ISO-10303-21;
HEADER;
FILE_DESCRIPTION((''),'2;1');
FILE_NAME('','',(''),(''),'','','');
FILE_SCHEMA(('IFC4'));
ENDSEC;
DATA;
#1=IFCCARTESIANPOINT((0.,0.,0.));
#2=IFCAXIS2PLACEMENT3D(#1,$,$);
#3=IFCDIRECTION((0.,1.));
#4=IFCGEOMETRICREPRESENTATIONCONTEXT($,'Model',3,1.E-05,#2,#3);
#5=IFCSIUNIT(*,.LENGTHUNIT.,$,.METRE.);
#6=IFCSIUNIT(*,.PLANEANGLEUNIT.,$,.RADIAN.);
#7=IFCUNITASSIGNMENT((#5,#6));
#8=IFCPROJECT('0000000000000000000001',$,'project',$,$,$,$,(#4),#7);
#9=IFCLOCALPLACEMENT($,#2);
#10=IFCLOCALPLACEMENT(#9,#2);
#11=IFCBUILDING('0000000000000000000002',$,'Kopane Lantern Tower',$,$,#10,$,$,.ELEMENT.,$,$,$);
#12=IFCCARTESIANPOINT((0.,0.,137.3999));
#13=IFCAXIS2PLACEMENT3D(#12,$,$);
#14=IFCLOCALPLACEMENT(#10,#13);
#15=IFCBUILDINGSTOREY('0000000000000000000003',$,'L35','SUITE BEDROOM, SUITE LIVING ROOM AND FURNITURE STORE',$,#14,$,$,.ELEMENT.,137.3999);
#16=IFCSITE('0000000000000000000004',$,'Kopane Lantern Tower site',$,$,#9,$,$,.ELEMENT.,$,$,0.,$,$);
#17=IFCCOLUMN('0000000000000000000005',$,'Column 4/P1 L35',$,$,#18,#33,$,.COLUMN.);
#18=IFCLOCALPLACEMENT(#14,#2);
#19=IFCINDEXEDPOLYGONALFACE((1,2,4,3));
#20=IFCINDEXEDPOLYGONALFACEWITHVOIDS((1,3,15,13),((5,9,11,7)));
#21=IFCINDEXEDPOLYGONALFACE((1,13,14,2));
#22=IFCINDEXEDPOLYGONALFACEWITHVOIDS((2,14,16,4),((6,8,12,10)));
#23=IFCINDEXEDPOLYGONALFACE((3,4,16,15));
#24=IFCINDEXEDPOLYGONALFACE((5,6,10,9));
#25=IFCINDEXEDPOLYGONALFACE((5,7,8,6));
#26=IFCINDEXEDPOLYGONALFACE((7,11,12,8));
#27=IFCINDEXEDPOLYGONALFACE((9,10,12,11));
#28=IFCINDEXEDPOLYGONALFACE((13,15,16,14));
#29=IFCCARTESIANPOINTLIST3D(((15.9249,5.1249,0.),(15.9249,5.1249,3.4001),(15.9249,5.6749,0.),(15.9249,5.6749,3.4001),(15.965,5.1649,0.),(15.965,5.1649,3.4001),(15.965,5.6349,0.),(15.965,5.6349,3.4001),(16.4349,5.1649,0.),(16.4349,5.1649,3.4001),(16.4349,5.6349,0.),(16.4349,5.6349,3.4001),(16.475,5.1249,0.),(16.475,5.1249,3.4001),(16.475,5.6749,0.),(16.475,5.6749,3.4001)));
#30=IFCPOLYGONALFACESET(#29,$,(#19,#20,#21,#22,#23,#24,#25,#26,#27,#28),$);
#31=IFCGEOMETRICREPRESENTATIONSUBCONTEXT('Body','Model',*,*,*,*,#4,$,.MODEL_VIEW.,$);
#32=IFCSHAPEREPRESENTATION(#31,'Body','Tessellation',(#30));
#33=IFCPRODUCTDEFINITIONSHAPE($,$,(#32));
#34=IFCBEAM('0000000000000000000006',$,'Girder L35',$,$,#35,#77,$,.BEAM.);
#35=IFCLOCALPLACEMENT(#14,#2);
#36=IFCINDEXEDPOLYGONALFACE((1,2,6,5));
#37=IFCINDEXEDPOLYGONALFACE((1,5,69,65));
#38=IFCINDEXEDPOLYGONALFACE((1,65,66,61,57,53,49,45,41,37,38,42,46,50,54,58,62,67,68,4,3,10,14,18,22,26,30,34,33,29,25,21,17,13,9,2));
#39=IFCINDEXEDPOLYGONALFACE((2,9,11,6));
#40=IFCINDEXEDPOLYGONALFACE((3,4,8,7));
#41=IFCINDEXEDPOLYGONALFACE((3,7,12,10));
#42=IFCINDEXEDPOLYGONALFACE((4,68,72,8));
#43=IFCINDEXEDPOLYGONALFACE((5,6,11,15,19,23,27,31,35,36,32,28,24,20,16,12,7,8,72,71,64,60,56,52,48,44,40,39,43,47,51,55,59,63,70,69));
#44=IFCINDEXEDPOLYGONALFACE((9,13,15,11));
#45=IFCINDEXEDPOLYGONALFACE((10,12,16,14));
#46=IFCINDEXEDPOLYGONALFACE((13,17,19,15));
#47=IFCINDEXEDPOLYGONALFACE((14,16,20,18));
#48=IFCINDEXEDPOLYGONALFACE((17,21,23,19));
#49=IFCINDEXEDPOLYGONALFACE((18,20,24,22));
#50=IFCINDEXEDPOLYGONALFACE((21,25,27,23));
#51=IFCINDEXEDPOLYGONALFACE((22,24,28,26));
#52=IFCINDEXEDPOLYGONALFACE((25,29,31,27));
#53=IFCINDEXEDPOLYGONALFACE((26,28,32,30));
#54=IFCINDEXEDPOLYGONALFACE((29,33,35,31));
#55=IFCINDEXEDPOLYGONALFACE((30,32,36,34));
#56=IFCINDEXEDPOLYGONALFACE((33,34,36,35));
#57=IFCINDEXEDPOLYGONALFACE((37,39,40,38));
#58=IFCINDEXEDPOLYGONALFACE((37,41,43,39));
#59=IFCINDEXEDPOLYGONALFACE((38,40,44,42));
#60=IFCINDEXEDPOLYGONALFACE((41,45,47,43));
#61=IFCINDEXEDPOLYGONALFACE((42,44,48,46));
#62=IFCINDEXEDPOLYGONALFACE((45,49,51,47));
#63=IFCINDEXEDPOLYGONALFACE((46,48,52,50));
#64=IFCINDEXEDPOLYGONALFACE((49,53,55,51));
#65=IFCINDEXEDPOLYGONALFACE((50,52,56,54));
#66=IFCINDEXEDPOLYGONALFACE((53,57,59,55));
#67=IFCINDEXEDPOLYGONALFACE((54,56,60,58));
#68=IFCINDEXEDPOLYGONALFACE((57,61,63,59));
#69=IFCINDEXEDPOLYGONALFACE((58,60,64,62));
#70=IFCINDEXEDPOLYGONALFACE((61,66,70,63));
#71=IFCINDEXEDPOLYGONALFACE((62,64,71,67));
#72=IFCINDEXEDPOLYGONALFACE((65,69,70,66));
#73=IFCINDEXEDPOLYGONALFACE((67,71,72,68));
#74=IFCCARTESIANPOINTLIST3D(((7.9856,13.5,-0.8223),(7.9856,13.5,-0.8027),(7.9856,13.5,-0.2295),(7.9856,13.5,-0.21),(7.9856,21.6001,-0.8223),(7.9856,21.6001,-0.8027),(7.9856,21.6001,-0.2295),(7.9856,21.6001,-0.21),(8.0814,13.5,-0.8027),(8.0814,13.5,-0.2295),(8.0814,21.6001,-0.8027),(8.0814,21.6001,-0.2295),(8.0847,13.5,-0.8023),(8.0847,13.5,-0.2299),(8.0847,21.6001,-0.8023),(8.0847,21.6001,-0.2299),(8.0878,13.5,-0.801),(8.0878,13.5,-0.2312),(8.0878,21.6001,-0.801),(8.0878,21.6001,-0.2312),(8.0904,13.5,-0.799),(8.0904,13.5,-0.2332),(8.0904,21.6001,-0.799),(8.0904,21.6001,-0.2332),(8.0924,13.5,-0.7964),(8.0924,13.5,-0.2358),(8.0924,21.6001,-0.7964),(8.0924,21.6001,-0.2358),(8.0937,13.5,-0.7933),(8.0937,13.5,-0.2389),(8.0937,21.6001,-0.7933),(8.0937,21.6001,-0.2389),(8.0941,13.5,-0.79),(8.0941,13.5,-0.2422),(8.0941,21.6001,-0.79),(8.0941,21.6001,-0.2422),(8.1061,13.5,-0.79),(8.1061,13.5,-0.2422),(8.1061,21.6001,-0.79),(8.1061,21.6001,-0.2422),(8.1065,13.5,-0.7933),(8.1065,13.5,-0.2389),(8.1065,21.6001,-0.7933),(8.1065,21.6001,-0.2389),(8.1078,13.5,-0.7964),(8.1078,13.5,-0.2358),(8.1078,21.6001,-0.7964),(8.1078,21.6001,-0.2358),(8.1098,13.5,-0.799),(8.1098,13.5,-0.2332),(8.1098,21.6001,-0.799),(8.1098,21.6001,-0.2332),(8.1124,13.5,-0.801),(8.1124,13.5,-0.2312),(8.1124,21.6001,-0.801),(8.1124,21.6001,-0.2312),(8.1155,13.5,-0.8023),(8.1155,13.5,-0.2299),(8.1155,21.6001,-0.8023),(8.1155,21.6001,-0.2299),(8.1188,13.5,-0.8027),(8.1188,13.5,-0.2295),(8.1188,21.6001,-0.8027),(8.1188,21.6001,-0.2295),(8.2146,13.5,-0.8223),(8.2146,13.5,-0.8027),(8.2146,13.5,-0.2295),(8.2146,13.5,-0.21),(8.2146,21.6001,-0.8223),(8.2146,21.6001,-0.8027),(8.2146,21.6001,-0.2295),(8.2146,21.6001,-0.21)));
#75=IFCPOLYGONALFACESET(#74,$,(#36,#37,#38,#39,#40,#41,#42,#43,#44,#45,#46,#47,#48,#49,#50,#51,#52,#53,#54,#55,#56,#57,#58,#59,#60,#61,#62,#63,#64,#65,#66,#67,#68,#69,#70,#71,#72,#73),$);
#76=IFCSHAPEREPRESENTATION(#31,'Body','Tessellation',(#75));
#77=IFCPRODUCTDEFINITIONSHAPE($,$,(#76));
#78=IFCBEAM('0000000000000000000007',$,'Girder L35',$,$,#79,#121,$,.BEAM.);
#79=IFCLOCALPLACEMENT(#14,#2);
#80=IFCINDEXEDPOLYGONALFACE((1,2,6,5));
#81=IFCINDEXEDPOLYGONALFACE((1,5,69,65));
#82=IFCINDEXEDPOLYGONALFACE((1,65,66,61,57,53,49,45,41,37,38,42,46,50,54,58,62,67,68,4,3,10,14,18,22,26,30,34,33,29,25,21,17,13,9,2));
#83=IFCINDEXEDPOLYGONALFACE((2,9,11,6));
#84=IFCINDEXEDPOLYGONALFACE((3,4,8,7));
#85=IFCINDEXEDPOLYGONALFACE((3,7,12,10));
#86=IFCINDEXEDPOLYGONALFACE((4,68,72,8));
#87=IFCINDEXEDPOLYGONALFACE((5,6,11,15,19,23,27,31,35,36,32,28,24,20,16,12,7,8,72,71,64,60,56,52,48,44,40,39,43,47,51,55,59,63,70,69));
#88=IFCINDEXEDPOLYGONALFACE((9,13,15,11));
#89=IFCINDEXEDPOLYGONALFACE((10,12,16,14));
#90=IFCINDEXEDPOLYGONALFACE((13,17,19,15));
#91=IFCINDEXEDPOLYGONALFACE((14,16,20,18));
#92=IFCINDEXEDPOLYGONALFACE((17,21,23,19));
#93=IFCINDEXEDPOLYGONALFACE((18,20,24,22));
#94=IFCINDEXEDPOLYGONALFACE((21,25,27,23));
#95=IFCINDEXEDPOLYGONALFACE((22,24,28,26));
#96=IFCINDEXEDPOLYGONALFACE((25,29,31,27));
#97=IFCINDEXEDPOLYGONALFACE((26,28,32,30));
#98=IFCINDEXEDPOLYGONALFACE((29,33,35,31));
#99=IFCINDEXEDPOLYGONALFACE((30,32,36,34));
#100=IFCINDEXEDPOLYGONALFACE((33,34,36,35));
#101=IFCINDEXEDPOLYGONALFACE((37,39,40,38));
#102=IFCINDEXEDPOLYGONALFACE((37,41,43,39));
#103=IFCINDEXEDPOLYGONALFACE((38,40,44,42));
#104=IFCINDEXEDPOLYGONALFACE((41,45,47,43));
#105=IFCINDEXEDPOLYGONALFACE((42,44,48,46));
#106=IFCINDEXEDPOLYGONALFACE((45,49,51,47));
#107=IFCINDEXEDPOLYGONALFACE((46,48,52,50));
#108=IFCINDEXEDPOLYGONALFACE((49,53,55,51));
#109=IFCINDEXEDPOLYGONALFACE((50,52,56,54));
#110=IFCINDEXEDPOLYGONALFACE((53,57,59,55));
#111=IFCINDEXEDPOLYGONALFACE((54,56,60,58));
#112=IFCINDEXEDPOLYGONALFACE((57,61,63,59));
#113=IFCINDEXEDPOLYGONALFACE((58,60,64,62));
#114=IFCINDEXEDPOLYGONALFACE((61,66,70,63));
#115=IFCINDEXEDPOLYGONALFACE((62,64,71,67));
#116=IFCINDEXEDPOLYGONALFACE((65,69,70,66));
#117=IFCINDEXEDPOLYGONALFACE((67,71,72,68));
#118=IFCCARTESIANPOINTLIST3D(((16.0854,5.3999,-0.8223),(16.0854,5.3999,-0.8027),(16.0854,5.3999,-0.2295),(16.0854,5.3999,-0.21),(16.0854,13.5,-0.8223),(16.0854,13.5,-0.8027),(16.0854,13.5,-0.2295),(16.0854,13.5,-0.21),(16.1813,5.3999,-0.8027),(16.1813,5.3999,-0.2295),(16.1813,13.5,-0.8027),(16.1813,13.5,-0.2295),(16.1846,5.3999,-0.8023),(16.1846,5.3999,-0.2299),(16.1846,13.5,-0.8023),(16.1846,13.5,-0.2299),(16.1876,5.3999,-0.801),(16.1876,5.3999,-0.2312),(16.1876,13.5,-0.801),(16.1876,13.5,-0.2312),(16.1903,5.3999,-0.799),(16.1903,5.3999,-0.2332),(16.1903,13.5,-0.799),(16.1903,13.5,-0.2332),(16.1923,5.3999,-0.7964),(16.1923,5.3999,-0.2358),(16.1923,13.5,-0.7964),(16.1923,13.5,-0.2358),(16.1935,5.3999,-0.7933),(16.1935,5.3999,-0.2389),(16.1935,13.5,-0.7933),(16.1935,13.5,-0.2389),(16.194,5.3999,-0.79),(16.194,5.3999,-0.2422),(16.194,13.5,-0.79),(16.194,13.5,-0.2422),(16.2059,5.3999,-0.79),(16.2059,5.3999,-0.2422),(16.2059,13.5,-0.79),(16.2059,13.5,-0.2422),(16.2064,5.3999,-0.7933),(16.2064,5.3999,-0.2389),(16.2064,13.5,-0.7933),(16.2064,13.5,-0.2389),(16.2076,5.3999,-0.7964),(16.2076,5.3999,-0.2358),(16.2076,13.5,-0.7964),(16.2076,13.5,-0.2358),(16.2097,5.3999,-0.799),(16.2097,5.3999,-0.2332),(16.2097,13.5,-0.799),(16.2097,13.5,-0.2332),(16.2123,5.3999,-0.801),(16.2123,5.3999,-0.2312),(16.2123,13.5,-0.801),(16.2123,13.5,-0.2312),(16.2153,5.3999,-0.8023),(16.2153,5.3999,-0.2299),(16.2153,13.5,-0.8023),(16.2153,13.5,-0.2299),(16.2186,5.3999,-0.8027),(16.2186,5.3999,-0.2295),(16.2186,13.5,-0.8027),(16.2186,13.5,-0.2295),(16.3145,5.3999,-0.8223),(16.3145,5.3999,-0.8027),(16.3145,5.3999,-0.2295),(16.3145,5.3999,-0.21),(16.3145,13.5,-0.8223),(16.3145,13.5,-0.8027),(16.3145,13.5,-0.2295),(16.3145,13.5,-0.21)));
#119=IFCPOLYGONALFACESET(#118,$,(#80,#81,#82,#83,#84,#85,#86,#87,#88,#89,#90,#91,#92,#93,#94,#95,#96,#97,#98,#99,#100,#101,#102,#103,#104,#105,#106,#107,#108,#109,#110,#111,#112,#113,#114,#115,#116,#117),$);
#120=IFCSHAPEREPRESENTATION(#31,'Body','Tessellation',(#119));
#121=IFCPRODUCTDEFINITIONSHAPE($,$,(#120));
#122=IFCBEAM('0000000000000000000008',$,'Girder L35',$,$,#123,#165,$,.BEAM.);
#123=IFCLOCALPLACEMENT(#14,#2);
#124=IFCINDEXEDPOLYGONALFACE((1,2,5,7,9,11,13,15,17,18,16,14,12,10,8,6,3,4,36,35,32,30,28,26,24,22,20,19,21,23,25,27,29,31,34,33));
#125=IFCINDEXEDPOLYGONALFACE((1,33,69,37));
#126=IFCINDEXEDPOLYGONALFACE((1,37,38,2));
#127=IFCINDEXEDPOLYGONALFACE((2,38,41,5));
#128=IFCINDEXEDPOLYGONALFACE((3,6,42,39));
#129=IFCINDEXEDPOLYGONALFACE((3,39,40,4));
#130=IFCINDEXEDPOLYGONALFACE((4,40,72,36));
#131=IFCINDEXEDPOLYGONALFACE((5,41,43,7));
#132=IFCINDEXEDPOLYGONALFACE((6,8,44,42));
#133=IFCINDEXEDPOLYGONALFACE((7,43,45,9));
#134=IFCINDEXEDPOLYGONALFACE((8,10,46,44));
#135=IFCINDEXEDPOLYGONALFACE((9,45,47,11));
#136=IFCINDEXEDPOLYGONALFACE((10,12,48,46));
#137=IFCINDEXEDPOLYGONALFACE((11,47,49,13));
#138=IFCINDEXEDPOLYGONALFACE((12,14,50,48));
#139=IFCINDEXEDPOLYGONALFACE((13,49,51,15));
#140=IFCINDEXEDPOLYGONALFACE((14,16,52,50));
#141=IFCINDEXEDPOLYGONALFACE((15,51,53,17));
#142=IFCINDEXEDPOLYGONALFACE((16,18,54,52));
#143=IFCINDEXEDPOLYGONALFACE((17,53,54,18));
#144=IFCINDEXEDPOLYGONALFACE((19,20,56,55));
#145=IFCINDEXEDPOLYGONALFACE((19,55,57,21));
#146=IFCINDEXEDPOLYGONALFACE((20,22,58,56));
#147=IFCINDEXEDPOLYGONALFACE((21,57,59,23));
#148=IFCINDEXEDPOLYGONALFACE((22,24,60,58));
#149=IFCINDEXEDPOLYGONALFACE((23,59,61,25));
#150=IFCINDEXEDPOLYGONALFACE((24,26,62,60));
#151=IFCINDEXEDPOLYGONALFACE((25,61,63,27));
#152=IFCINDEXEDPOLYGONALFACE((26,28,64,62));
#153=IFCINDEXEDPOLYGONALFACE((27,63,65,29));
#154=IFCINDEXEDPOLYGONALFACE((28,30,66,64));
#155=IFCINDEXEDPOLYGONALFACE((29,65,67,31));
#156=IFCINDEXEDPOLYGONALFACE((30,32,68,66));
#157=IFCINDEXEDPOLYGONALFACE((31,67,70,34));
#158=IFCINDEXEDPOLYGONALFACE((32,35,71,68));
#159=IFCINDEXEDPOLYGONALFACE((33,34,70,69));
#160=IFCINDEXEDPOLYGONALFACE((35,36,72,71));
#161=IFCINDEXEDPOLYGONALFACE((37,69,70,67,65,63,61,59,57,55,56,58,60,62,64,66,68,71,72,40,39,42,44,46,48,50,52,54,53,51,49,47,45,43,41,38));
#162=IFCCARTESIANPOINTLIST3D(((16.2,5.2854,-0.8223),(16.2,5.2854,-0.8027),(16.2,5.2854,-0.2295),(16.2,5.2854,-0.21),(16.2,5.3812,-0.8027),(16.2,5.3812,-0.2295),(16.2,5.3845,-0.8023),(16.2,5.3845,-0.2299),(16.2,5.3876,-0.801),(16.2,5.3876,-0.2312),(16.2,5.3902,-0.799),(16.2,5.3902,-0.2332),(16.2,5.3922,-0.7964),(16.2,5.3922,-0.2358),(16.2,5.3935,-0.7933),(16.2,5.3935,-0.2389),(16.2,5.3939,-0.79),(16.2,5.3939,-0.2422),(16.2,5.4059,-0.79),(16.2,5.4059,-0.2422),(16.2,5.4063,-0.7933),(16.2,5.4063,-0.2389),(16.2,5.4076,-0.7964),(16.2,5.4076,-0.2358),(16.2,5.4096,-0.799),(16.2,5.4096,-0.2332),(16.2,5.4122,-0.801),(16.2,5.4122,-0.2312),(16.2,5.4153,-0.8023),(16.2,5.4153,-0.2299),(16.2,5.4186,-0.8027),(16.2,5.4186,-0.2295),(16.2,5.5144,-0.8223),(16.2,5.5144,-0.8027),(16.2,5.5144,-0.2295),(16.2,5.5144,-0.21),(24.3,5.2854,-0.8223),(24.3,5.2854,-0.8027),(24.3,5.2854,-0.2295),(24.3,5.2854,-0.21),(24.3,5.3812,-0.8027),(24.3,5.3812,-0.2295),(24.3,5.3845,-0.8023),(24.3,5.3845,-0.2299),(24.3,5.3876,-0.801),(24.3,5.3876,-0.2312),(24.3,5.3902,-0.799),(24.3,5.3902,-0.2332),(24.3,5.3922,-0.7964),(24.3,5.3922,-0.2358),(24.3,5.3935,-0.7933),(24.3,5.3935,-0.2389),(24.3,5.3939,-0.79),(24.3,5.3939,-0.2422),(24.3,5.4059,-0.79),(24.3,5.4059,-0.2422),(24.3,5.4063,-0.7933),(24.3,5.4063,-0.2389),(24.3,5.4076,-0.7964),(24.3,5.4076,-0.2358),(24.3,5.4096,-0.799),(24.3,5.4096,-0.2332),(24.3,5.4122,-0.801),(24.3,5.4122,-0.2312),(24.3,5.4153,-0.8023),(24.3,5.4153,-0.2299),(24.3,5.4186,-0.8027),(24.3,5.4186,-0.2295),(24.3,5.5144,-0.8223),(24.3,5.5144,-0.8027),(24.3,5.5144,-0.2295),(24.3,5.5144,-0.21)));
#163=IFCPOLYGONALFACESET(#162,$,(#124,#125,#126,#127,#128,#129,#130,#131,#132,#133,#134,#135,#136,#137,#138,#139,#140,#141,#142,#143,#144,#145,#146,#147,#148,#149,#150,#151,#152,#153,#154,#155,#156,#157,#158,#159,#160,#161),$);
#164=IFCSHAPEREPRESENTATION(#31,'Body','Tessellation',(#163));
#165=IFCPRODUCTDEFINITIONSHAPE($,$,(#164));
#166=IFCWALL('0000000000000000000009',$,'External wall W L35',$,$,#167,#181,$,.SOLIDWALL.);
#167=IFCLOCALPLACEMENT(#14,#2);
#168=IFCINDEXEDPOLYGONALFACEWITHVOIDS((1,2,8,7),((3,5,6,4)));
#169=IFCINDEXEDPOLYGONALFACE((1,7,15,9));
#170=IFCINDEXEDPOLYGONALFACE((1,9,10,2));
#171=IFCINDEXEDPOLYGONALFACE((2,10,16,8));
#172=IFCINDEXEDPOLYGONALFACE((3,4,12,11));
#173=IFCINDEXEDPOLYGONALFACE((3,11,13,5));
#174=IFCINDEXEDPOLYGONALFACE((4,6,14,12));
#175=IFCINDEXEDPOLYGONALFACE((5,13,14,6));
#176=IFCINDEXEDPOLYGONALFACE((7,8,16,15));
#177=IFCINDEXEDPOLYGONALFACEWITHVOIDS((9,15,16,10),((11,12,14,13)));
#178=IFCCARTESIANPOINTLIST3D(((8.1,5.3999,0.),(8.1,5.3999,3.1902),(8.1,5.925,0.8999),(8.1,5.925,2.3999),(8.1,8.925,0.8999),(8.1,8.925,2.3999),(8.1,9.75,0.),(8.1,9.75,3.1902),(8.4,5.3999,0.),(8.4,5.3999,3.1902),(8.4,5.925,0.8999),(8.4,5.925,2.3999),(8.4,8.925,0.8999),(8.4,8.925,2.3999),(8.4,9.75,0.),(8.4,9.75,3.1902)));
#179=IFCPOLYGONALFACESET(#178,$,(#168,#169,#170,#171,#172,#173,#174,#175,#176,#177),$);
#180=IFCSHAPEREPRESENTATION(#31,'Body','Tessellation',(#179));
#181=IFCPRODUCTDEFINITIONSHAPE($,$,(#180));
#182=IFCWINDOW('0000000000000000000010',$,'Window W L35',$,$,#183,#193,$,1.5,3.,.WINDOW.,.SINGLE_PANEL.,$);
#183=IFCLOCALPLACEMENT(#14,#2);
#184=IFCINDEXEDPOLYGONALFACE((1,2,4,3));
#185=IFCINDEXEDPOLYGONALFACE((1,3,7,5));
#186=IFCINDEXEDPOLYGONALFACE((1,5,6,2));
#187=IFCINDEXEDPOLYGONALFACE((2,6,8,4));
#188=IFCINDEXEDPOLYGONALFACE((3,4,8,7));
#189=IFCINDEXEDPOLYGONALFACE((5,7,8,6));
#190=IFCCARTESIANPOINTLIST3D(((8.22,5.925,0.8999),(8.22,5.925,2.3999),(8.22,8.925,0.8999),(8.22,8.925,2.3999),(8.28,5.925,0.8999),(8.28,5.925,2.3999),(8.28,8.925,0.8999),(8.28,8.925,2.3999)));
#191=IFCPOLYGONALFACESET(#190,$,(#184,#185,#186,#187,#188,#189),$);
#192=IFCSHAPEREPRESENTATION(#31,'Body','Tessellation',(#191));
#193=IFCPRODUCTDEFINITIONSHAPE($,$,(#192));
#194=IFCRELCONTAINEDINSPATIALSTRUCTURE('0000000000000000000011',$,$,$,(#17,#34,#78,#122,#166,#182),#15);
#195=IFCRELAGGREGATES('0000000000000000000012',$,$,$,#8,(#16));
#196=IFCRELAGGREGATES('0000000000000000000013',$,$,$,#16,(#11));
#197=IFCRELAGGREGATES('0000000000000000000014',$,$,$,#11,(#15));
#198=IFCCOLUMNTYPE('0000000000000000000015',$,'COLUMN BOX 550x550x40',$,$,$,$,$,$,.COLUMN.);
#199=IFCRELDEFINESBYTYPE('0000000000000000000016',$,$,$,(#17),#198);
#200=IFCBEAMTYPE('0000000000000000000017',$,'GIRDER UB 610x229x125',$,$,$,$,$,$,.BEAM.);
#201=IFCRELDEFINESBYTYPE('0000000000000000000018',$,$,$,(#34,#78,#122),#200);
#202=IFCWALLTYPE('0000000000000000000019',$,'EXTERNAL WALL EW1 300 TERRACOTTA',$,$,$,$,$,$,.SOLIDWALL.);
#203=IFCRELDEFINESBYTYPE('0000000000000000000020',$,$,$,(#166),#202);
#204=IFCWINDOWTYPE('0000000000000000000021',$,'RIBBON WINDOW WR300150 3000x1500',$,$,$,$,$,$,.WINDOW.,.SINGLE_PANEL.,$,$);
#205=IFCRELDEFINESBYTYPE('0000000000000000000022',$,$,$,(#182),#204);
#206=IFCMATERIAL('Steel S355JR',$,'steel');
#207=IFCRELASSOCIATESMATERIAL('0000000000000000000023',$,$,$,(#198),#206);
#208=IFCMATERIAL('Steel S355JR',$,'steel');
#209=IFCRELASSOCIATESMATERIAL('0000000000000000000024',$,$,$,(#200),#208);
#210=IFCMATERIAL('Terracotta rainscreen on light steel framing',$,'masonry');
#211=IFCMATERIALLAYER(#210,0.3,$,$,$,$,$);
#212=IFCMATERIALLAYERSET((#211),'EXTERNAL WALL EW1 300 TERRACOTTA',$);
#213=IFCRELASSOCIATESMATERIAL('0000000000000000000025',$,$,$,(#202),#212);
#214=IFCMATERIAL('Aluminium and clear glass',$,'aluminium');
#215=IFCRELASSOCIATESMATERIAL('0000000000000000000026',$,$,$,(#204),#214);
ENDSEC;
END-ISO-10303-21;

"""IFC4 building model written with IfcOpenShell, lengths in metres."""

from ifc_helpers import new_model, si_unit, direction, frame, frame_2d, origin, origin_2d, place, context, subcontext, project, spatial, rectangle, hollow_rectangle, i_section, extrude, material, layer, layer_set, material_profile, profile_set, type_object, element, fill, save


model = new_model("IFC4")

# Units and contexts
model_context = context("Model", 3, precision=1e-05, world=origin(), true_north=direction((0.0, 1.0)))
body_context = subcontext(model_context, "Body", "Model", "MODEL_VIEW")
ifc_project = project(units=[si_unit("LENGTHUNIT", "METRE"), si_unit("PLANEANGLEUNIT", "RADIAN")], contexts=[model_context])

# Site, building, storey
site_placement = place(None, origin())
site = spatial("IfcSite", under=ifc_project, at=site_placement, Name="Kopane Lantern Tower site", CompositionType="ELEMENT", RefElevation=0.0)
building_placement = place(site_placement, origin())
building = spatial("IfcBuilding", under=site, at=building_placement, Name="Kopane Lantern Tower", CompositionType="ELEMENT")
storey_placement = place(building_placement, frame((0.0, 0.0, 137.3999)))
storey = spatial("IfcBuildingStorey", under=building, at=storey_placement, Name="L35", Description="SUITE BEDROOM, SUITE LIVING ROOM AND FURNITURE STORE", CompositionType="ELEMENT", Elevation=137.3999)

# Column
ifc_material_1 = material(Name="Steel S355JR", Category="steel")
ifc_material_profile_1 = material_profile(ifc_material_1, hollow_rectangle(XDim=0.55, YDim=0.55, WallThickness=0.04, at=origin_2d()), Name="BOX 550x550x40")
ifc_profile_set_1 = profile_set([ifc_material_profile_1], Name="Steel S355JR")
column_type = type_object("IfcColumnType", Name="COLUMN BOX 550x550x40", PredefinedType="COLUMN", material=ifc_profile_set_1)
column_placement = place(storey_placement, frame((16.2, 5.3999, 0.0), z_axis=(0.0, 0.0, 1.0), x_axis=(1.0, 0.0, 0.0)))
element("IfcColumn", 1, at=column_placement, inside=storey, type_object=column_type, Name="Column 4/P1 L35", PredefinedType="COLUMN", context=body_context, shape_type="SweptSolid", body=[
    extrude(hollow_rectangle(XDim=0.55, YDim=0.55, WallThickness=0.04, at=origin_2d()), origin(), (0.0, 0.0, 1.0), 3.4001),
])

# Beams
ifc_material_2 = material(Name="Steel S355JR", Category="steel")
ifc_material_profile_2 = material_profile(ifc_material_2, i_section(OverallWidth=0.229, OverallDepth=0.6123, WebThickness=0.012, FlangeThickness=0.0195, FilletRadius=0.0127, at=origin_2d()), Name="UB 610x229x125")
ifc_profile_set_2 = profile_set([ifc_material_profile_2], Name="Steel S355JR")
beam_type = type_object("IfcBeamType", Name="GIRDER UB 610x229x125", PredefinedType="BEAM", material=ifc_profile_set_2)
for number, where, z_axis, x_axis, name in (
    (2, (8.1001, 13.5, -0.5161), (0.0, 1.0, 0.0), (-1.0, 0.0, 0.0), "Girder L35"),
    (3, (16.2, 5.3999, -0.5161), (0.0, 1.0, 0.0), (-1.0, 0.0, 0.0), "Girder L35"),
    (4, (16.2, 5.3999, -0.5161), (1.0, 0.0, 0.0), (0.0, 1.0, 0.0), "Girder L35"),
):
    element("IfcBeam", number, at=place(storey_placement, frame(where, z_axis=z_axis, x_axis=x_axis)), inside=storey, type_object=beam_type, Name=name, PredefinedType="BEAM", context=body_context, shape_type="SweptSolid", body=[
        extrude(i_section(OverallWidth=0.229, OverallDepth=0.6123, WebThickness=0.012, FlangeThickness=0.0195, FilletRadius=0.0127, at=origin_2d()), origin(), (0.0, 0.0, 1.0), 8.1001),
    ])

# Shared definitions
ifc_material_3 = material(Name="Terracotta rainscreen on light steel framing", Category="masonry")
ifc_layer = layer(ifc_material_3, 0.3)
ifc_layer_set = layer_set([ifc_layer], Name="EXTERNAL WALL EW1 300 TERRACOTTA")
wall_type = type_object("IfcWallType", Name="EXTERNAL WALL EW1 300 TERRACOTTA", PredefinedType="SOLIDWALL", material=ifc_layer_set)

# Wall, opening, window
wall_1_placement = place(storey_placement, frame((8.25, 9.75, 0.0), z_axis=(0.0, 0.0, 1.0), x_axis=(0.0, -1.0, 0.0)))
wall_1 = element("IfcWall", 5, at=wall_1_placement, inside=storey, type_object=wall_type, Name="External wall W L35", PredefinedType="SOLIDWALL", context=body_context, shape_type="SweptSolid", body=[
    extrude(rectangle(XDim=4.3501, YDim=0.3, at=frame_2d((2.175, 0.0))), origin(), (0.0, 0.0, 1.0), 3.1902),
])
opening_1_placement = place(wall_1_placement, frame((0.825, 0.0, 0.8999)))
opening_1 = element("IfcOpeningElement", 6, at=opening_1_placement, cuts=wall_1, PredefinedType="OPENING", context=body_context, shape_type="SweptSolid", body=[
    extrude(rectangle(XDim=3.0, YDim=1.5, at=frame_2d((1.5, 0.75))), frame((0.0, 0.1599, 0.0), z_axis=(0.0, -1.0, 0.0), x_axis=(1.0, 0.0, 0.0)), (0.0, 0.0, 1.0), 0.3201),
])
ifc_material_4 = material(Name="Aluminium and clear glass", Category="aluminium")
window_type_1 = type_object("IfcWindowType", Name="RIBBON WINDOW WR300150 3000x1500", PartitioningType="SINGLE_PANEL", PredefinedType="WINDOW", material=ifc_material_4)
window_1_placement = place(opening_1_placement, origin())
window_1 = element("IfcWindow", 7, at=window_1_placement, inside=storey, type_object=window_type_1, Name="Window W L35", OverallHeight=1.5, OverallWidth=3.0, PartitioningType="SINGLE_PANEL", PredefinedType="WINDOW", context=body_context, shape_type="SweptSolid", body=[
    extrude(rectangle(XDim=3.0, YDim=1.5, at=frame_2d((1.5, 0.75))), frame((0.0, 0.03, 0.0), z_axis=(0.0, -1.0, 0.0), x_axis=(1.0, 0.0, 0.0)), (0.0, 0.0, 1.0), 0.0601),
])
fill(opening_1, window_1)

save(model, "model.ifc")
